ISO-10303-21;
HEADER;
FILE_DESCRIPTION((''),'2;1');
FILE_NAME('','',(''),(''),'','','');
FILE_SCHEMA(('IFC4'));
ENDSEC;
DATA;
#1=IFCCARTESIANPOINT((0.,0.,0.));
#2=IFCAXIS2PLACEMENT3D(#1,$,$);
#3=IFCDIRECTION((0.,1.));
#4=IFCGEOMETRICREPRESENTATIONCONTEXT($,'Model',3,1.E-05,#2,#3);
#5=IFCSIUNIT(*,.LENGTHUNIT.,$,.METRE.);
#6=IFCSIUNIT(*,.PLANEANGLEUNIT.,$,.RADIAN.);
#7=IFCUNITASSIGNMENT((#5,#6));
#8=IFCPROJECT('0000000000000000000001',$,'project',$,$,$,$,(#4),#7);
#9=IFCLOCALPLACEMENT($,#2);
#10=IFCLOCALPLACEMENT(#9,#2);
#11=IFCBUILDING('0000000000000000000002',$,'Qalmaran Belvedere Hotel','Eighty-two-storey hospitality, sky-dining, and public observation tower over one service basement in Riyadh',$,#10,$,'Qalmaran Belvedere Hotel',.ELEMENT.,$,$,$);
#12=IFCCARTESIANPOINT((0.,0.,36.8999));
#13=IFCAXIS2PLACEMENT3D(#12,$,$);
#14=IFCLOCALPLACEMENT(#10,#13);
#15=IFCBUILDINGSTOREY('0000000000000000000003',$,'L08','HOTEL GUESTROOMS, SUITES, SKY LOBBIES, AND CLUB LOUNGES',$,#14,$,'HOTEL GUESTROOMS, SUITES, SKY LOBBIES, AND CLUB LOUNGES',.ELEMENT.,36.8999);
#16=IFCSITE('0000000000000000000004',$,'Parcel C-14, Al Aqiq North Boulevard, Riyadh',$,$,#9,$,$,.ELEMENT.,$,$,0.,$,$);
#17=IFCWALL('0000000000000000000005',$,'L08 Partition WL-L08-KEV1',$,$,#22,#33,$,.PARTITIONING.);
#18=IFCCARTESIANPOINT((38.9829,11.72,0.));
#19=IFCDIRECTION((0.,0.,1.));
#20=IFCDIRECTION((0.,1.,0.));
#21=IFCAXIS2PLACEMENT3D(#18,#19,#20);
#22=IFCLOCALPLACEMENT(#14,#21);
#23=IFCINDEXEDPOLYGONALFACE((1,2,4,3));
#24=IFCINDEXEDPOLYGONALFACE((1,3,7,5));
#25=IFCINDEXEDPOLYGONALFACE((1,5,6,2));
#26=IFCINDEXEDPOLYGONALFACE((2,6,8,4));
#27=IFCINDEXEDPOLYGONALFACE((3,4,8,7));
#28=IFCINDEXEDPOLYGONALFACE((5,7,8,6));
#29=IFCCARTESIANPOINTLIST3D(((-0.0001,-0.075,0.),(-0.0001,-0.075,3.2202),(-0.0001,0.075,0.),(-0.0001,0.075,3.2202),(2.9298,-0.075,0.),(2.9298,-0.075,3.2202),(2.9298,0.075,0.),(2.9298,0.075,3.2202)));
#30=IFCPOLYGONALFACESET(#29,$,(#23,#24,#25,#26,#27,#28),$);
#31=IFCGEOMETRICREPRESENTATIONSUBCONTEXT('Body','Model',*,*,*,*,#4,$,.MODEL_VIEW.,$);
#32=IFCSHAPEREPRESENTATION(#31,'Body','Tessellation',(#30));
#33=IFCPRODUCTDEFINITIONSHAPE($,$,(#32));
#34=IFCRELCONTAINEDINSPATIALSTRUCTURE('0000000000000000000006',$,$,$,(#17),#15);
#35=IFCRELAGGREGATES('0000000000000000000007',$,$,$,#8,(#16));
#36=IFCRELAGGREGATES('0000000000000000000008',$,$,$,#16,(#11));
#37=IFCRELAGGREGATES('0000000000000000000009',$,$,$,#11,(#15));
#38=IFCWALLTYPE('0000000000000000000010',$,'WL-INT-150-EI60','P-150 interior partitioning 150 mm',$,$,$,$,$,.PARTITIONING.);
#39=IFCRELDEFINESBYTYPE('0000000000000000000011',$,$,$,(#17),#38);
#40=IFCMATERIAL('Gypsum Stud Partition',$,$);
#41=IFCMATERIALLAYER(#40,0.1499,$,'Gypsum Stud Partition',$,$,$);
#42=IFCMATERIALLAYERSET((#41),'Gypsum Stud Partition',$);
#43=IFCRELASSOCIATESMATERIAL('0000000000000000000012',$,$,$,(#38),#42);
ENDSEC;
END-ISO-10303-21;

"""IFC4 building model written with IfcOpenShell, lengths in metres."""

from ifc_helpers import new_model, si_unit, direction, frame, frame_2d, origin, place, context, subcontext, project, spatial, rectangle, extrude, material, layer, layer_set, type_object, element, save


model = new_model("IFC4")

# Units and contexts
model_context = context("Model", 3, precision=1e-05, world=origin(), true_north=direction((0.0, 1.0)))
body_context = subcontext(model_context, "Body", "Model", "MODEL_VIEW")
ifc_project = project(units=[si_unit("LENGTHUNIT", "METRE"), si_unit("PLANEANGLEUNIT", "RADIAN")], contexts=[model_context])

# Site, building, storey
site_placement = place(None, origin())
site = spatial("IfcSite", under=ifc_project, at=site_placement, Name="Parcel C-14, Al Aqiq North Boulevard, Riyadh", CompositionType="ELEMENT", RefElevation=0.0)
building_placement = place(site_placement, origin())
building = spatial("IfcBuilding", under=site, at=building_placement, Name="Qalmaran Belvedere Hotel", Description="Eighty-two-storey hospitality, sky-dining, and public observation tower over one service basement in Riyadh", LongName="Qalmaran Belvedere Hotel", CompositionType="ELEMENT")
storey_placement = place(building_placement, frame((0.0, 0.0, 36.8999)))
storey = spatial("IfcBuildingStorey", under=building, at=storey_placement, Name="L08", Description="HOTEL GUESTROOMS, SUITES, SKY LOBBIES, AND CLUB LOUNGES", LongName="HOTEL GUESTROOMS, SUITES, SKY LOBBIES, AND CLUB LOUNGES", CompositionType="ELEMENT", Elevation=36.8999)

# Wall
ifc_material_1 = material(Name="Gypsum Stud Partition")
ifc_layer_1 = layer(ifc_material_1, 0.1499, Name="Gypsum Stud Partition")
ifc_layer_set_1 = layer_set([ifc_layer_1], Name="Gypsum Stud Partition")
wall_type_1 = type_object("IfcWallType", Name="WL-INT-150-EI60", Description="P-150 interior partitioning 150 mm", PredefinedType="PARTITIONING", material=ifc_layer_set_1)
wall_1_placement = place(storey_placement, frame((38.9829, 11.72, 0.0), z_axis=(0.0, 0.0, 1.0), x_axis=(0.0, 1.0, 0.0)))
element("IfcWall", 1, at=wall_1_placement, inside=storey, type_object=wall_type_1, Name="L08 Partition WL-L08-KEV1", PredefinedType="PARTITIONING", context=body_context, shape_type="SweptSolid", body=[
    extrude(rectangle(XDim=2.9299, YDim=0.1499, at=frame_2d((1.4648, 0.0))), origin(), (0.0, 0.0, 1.0), 3.2202),
])

save(model, "model.ifc")
